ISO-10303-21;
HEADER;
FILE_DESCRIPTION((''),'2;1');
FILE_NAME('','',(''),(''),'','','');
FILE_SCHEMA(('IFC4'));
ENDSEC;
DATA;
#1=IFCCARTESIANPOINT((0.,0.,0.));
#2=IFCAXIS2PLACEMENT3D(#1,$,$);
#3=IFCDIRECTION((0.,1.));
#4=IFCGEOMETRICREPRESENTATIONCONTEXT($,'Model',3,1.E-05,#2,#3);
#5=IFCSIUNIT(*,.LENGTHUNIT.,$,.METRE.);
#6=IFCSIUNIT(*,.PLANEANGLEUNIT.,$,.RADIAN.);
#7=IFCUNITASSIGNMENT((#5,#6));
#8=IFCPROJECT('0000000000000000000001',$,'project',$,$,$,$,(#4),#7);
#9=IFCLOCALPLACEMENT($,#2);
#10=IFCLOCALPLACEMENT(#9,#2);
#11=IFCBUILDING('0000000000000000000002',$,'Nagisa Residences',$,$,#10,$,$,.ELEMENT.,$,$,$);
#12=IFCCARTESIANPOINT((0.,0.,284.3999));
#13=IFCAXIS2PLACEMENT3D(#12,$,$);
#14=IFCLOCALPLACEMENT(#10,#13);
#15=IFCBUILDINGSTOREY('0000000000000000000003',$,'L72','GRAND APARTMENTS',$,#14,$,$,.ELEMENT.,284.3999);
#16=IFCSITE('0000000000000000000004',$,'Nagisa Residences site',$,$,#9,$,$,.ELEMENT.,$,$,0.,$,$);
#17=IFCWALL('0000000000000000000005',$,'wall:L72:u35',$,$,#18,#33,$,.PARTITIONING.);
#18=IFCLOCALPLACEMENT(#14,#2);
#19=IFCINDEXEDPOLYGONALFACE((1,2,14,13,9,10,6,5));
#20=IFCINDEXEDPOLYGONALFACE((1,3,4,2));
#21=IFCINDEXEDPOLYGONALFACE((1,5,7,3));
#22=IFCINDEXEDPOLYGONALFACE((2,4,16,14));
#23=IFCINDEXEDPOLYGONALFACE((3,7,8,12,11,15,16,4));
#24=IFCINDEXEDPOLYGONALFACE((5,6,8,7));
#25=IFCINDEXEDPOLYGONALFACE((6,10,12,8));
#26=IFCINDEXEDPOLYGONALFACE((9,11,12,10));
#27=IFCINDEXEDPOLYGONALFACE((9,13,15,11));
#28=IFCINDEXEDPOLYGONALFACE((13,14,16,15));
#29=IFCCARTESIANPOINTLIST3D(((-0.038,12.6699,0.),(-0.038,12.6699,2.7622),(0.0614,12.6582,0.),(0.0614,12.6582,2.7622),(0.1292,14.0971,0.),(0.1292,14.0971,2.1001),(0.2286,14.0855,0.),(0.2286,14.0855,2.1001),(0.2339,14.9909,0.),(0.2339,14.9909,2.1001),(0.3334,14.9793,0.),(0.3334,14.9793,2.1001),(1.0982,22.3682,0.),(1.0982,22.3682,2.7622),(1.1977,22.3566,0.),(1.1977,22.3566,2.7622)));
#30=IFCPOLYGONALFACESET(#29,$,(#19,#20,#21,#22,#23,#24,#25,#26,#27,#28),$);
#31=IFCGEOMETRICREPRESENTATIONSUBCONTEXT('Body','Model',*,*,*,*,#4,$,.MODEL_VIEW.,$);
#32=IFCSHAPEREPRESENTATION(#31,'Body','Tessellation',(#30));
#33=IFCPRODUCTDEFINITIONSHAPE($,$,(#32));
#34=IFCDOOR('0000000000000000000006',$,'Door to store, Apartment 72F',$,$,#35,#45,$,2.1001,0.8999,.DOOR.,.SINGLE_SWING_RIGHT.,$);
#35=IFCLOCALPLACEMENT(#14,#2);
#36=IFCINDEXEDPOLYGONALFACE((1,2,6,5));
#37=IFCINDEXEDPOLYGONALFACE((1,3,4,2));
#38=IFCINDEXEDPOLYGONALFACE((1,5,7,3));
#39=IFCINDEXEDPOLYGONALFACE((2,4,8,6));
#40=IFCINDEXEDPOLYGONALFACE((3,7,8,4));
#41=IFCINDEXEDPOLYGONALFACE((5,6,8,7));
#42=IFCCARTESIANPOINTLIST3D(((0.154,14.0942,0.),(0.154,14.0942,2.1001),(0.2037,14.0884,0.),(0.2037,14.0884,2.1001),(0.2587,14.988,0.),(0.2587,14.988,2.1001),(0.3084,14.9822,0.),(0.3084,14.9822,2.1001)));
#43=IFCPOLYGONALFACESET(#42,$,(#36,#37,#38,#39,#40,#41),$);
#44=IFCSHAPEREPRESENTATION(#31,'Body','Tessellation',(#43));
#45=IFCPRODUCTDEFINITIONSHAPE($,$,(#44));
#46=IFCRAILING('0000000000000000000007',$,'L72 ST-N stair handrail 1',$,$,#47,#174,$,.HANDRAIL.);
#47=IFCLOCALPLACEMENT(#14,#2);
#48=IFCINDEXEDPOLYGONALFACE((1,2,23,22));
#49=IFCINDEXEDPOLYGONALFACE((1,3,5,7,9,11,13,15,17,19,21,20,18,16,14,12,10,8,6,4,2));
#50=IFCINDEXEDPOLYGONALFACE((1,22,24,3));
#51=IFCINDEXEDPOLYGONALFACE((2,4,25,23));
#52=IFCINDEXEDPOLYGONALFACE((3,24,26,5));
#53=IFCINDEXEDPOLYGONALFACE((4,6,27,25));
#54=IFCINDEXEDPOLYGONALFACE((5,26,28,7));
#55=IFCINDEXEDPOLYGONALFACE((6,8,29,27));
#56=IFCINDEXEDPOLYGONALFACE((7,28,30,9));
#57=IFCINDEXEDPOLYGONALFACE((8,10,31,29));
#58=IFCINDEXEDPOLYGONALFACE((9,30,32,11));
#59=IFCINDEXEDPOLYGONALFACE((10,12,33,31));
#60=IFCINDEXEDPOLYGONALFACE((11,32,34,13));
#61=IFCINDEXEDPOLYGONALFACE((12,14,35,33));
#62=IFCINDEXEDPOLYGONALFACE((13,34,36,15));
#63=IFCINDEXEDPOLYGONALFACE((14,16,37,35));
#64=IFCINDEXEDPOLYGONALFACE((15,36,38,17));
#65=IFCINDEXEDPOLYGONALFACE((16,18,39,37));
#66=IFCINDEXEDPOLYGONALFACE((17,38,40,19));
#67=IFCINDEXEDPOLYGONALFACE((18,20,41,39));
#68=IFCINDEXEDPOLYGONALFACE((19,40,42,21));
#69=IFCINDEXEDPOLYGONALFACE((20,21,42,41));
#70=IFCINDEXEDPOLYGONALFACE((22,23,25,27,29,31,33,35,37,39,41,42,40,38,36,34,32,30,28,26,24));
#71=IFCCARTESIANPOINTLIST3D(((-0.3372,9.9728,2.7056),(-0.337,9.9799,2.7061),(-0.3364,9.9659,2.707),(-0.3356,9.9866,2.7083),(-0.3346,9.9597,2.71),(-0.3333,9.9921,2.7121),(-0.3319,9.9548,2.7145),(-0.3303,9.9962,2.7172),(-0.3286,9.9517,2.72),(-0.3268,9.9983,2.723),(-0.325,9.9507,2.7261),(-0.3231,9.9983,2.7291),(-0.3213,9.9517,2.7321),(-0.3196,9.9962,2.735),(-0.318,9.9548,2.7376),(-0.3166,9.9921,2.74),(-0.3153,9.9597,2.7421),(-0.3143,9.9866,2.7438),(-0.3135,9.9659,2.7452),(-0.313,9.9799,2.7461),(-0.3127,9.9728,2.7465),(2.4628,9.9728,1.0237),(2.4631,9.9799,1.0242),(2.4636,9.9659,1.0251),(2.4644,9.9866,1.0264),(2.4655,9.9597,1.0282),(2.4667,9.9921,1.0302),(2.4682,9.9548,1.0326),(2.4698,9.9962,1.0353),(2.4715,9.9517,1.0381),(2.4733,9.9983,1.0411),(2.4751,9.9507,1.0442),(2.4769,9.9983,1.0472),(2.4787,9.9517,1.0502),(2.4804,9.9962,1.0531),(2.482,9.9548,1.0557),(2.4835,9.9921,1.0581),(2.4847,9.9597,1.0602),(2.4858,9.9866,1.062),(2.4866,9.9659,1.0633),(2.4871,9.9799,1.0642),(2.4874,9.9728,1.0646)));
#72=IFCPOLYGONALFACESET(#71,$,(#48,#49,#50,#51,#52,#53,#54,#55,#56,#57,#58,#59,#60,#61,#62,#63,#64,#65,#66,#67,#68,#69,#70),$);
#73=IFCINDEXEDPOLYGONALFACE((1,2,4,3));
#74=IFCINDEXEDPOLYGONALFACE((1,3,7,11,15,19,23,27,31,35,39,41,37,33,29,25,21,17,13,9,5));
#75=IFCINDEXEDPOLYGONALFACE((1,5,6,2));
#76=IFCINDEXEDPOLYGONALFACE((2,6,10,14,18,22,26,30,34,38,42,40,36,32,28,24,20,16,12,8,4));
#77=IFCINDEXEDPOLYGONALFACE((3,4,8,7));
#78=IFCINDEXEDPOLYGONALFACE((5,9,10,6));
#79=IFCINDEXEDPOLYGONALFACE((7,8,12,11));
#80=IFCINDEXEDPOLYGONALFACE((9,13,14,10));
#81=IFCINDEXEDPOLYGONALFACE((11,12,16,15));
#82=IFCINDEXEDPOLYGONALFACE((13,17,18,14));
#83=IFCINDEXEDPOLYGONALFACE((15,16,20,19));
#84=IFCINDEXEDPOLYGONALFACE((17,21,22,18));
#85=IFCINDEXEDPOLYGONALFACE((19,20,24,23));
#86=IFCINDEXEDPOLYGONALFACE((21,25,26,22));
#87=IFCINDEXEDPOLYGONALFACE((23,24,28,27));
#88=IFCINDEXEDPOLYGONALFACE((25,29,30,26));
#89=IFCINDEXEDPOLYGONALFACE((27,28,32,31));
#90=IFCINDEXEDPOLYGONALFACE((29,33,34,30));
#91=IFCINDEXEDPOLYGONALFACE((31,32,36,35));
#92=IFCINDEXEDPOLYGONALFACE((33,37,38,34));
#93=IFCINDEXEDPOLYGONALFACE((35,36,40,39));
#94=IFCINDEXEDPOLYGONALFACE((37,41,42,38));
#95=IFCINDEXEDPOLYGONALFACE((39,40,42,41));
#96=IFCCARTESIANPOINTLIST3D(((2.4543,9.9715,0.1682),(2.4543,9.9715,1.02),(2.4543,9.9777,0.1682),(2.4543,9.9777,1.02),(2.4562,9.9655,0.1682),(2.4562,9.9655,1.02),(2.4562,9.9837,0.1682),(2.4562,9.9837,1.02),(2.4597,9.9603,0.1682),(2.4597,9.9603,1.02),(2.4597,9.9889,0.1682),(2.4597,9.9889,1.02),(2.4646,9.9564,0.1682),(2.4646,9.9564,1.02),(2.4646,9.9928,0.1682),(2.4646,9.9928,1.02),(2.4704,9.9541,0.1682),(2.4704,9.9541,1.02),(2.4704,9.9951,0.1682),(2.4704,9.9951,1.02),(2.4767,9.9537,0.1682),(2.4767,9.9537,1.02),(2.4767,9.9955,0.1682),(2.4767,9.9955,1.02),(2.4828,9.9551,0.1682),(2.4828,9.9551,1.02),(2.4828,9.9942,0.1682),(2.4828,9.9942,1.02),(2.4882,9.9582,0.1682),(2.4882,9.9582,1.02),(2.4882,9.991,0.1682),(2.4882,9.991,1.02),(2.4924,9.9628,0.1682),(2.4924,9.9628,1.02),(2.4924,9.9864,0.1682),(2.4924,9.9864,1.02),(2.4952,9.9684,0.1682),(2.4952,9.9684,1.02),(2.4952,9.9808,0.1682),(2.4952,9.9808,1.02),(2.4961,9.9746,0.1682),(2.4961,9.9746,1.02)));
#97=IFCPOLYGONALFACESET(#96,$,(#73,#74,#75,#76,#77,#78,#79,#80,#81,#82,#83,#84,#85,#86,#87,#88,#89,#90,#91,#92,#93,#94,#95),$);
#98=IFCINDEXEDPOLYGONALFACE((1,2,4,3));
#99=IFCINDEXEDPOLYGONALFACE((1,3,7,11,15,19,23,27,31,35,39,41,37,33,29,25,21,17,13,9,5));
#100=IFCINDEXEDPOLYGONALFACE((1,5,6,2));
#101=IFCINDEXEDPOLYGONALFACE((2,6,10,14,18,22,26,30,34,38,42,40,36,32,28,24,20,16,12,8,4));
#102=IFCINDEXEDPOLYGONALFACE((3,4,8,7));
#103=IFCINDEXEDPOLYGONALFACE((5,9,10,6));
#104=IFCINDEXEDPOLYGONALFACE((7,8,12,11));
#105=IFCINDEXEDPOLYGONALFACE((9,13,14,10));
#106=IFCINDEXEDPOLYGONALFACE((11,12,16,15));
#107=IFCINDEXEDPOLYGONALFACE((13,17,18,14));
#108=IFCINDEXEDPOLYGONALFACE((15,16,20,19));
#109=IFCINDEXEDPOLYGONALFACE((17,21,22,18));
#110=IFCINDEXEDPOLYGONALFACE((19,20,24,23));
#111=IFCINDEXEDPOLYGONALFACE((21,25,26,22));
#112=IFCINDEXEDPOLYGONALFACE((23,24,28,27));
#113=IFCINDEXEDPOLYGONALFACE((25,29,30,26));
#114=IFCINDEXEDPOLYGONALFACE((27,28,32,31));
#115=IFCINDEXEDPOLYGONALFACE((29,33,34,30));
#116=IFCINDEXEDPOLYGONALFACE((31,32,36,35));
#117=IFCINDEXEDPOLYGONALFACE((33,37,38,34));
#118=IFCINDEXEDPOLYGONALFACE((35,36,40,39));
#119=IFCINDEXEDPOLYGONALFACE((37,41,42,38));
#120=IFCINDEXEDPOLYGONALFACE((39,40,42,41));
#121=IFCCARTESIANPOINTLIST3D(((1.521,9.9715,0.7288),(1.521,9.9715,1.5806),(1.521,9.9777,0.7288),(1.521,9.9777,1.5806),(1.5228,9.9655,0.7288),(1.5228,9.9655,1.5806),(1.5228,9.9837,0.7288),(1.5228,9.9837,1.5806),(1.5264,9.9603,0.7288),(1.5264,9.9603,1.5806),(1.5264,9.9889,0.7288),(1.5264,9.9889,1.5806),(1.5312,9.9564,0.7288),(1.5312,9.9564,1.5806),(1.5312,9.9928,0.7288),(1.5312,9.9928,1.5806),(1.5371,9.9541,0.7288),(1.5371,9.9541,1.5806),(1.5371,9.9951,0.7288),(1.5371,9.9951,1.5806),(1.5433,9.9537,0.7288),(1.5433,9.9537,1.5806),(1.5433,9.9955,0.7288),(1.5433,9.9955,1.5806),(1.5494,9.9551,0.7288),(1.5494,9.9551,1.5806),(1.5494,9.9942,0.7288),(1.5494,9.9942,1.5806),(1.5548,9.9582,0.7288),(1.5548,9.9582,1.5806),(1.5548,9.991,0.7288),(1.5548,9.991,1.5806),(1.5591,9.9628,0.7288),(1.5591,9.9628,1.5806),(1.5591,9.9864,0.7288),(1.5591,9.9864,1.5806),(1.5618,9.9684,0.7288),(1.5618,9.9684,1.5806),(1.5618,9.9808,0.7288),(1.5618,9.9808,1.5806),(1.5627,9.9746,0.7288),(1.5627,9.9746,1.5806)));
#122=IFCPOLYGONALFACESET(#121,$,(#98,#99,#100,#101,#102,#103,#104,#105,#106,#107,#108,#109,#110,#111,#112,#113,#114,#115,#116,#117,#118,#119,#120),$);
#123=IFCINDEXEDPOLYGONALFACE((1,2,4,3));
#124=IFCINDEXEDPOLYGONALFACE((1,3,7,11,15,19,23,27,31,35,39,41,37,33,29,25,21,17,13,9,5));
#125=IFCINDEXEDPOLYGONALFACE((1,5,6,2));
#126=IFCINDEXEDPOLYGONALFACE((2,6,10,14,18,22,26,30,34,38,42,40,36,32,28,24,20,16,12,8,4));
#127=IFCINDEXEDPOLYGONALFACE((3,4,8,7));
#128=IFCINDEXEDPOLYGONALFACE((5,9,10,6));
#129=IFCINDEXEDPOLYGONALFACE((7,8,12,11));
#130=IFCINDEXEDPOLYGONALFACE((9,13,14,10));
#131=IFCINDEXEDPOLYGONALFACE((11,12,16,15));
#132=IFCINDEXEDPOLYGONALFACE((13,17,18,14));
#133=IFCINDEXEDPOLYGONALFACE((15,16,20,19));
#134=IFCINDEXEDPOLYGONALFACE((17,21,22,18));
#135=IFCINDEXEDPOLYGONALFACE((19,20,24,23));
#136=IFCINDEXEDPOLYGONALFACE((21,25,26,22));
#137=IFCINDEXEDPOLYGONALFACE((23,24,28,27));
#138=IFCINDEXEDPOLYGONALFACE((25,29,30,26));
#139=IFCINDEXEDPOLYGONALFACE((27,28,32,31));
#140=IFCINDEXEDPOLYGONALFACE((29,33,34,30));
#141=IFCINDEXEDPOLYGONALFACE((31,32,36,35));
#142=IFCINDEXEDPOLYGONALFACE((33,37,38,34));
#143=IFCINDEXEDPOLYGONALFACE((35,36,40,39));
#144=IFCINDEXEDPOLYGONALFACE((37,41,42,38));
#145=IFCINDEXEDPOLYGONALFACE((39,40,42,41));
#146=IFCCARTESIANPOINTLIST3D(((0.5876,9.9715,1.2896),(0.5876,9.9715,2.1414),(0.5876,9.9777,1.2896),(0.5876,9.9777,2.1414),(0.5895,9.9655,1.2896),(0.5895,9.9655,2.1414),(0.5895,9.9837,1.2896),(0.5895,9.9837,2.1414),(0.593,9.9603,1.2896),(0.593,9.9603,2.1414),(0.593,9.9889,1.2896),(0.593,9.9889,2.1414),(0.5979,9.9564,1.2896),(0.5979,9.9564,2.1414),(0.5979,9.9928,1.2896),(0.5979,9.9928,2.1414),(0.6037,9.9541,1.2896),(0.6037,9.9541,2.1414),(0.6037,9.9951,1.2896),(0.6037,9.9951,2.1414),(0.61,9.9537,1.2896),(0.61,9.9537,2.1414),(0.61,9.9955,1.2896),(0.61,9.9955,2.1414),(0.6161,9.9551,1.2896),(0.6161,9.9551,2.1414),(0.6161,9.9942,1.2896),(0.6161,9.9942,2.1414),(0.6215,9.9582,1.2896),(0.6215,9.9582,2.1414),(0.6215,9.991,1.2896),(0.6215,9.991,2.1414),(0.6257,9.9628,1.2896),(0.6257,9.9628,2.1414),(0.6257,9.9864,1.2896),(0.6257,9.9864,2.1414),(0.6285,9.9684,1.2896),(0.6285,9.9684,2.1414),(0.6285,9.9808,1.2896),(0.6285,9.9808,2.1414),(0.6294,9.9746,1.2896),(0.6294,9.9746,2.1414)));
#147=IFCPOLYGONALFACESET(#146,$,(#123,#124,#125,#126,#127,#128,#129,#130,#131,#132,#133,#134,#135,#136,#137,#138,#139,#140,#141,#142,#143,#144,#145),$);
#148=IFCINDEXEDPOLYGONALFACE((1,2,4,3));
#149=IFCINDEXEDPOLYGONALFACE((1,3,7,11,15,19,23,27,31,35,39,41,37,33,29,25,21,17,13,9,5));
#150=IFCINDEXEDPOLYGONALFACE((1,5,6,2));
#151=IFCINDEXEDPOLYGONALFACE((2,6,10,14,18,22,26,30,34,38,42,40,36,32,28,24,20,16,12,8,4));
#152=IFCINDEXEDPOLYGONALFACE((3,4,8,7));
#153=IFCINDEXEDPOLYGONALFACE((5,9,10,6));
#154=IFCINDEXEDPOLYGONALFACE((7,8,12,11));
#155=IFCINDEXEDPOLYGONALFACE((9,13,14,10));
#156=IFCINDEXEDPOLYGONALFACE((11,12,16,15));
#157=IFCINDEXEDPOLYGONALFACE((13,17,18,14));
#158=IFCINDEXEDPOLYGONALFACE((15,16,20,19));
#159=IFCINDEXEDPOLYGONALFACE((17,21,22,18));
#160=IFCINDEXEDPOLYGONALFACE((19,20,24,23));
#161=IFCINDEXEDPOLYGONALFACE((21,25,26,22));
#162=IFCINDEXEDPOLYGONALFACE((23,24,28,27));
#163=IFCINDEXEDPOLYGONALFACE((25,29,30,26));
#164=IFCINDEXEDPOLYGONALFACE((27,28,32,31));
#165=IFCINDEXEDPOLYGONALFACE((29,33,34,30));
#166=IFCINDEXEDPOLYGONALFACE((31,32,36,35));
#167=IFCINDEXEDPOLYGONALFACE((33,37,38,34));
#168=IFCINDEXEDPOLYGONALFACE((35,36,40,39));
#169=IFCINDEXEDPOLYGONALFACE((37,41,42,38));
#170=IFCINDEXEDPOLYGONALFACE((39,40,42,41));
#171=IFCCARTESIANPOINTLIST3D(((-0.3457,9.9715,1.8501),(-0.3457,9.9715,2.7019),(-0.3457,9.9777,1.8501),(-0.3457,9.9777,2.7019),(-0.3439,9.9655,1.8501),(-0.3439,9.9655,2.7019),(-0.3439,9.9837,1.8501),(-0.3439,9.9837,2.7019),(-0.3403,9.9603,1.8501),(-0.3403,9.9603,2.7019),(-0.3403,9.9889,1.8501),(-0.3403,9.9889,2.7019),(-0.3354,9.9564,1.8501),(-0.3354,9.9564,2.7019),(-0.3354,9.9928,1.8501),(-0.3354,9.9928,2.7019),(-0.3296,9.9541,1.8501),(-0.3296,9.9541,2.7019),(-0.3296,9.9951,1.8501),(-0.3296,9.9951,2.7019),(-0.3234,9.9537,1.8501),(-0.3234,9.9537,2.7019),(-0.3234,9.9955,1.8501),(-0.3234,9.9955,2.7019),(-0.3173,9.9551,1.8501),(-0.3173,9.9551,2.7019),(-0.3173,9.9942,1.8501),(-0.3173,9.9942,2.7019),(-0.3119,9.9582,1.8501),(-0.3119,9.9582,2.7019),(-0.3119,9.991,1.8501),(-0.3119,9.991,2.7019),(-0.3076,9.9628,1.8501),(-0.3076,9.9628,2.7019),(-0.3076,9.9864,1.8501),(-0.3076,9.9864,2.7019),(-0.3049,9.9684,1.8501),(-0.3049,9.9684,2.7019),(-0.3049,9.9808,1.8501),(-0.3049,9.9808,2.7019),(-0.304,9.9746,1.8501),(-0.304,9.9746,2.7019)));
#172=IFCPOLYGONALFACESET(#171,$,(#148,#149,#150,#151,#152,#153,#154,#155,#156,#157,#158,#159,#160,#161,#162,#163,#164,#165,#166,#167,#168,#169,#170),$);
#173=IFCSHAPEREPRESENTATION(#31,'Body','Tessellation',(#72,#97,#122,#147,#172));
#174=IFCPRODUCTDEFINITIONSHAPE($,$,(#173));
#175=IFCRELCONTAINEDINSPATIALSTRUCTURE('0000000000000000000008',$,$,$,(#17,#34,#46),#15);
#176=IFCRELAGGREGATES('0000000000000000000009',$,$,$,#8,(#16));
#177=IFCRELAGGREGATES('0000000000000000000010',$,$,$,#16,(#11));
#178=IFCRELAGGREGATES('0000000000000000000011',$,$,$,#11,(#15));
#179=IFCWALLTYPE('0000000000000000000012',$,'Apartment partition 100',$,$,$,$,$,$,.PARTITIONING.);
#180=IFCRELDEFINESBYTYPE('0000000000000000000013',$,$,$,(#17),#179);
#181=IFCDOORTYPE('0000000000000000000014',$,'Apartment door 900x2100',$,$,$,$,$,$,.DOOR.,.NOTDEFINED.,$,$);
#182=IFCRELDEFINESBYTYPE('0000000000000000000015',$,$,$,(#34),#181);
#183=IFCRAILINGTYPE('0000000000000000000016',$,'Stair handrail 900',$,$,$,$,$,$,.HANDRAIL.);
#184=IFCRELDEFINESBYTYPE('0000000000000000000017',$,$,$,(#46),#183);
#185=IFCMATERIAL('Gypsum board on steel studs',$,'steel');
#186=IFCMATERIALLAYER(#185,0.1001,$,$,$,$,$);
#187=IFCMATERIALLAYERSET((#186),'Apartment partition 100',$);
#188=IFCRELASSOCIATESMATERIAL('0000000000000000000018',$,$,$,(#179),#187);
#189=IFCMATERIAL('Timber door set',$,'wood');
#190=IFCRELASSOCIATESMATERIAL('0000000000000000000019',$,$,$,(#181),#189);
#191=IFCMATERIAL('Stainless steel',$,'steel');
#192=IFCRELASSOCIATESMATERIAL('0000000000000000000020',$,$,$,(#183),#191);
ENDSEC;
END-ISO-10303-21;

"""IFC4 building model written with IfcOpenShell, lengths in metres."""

from ifc_helpers import new_model, si_unit, direction, frame, frame_2d, origin, origin_2d, place, context, subcontext, project, spatial, rectangle, circle, extrude, material, layer, layer_set, type_object, element, fill, save


model = new_model("IFC4")

# Units and contexts
model_context = context("Model", 3, precision=1e-05, world=origin(), true_north=direction((0.0, 1.0)))
body_context = subcontext(model_context, "Body", "Model", "MODEL_VIEW")
ifc_project = project(units=[si_unit("LENGTHUNIT", "METRE"), si_unit("PLANEANGLEUNIT", "RADIAN")], contexts=[model_context])

# Site, building, storey
site_placement = place(None, origin())
site = spatial("IfcSite", under=ifc_project, at=site_placement, Name="Nagisa Residences site", CompositionType="ELEMENT", RefElevation=0.0)
building_placement = place(site_placement, origin())
building = spatial("IfcBuilding", under=site, at=building_placement, Name="Nagisa Residences", CompositionType="ELEMENT")
storey_placement = place(building_placement, frame((0.0, 0.0, 284.3999)))
storey = spatial("IfcBuildingStorey", under=building, at=storey_placement, Name="L72", Description="GRAND APARTMENTS", CompositionType="ELEMENT", Elevation=284.3999)

# Shared definitions
ifc_material_1 = material(Name="Gypsum board on steel studs", Category="steel")
ifc_layer_1 = layer(ifc_material_1, 0.1001)
ifc_layer_set_1 = layer_set([ifc_layer_1], Name="Apartment partition 100")
wall_type_1 = type_object("IfcWallType", Name="Apartment partition 100", PredefinedType="PARTITIONING", material=ifc_layer_set_1)
ifc_material_2 = material(Name="Timber door set", Category="wood")
door_type_1 = type_object("IfcDoorType", Name="Apartment door 900x2100", OperationType="NOTDEFINED", PredefinedType="DOOR", material=ifc_material_2)

# Wall, opening, door
wall_1_placement = place(storey_placement, frame((0.0117, 12.6641, 0.0), z_axis=(0.0, 0.0, 1.0), x_axis=(0.116363, 0.993207, 0.0)))
wall_1 = element("IfcWall", 1, at=wall_1_placement, inside=storey, type_object=wall_type_1, Name="wall:L72:u35", PredefinedType="PARTITIONING", context=body_context, shape_type="SweptSolid", body=[
    extrude(rectangle(XDim=9.7646, YDim=0.1001, at=frame_2d((4.8823, 0.0))), origin(), (0.0, 0.0, 1.0), 2.7622),
])
opening_1_placement = place(wall_1_placement, frame((1.437, 0.0, 0.0)))
opening_1 = element("IfcOpeningElement", 2, at=opening_1_placement, cuts=wall_1, PredefinedType="OPENING", context=body_context, shape_type="SweptSolid", body=[
    extrude(rectangle(XDim=0.8999, YDim=2.1001, at=frame_2d((0.45, 1.05))), frame((0.0, 0.0601, 0.0), z_axis=(0.0, -1.0, 0.0), x_axis=(1.0, 0.0, 0.0)), (0.0, 0.0, 1.0), 0.1201),
])
door_1_placement = place(opening_1_placement, frame((0.8999, 0.0, 0.0), x_axis=(-1.0, 0.0, 0.0)))
door_1 = element("IfcDoor", 3, at=door_1_placement, inside=storey, type_object=door_type_1, Name="Door to store, Apartment 72F", OperationType="SINGLE_SWING_RIGHT", OverallHeight=2.1001, OverallWidth=0.8999, PredefinedType="DOOR", context=body_context, shape_type="SweptSolid", body=[
    extrude(rectangle(XDim=0.8999, YDim=2.1001, at=frame_2d((0.45, 1.05))), frame((0.0, 0.0249, 0.0), z_axis=(0.0, -1.0, 0.0), x_axis=(1.0, 0.0, 0.0)), (0.0, 0.0, 1.0), 0.05),
])
fill(opening_1, door_1)

# Railing
ifc_material_3 = material(Name="Stainless steel", Category="steel")
railing_type_1 = type_object("IfcRailingType", Name="Stair handrail 900", PredefinedType="HANDRAIL", material=ifc_material_3)
railing_1_placement = place(storey_placement, frame((2.4751, 9.9746, 0.1682)))
element("IfcRailing", 4, at=railing_1_placement, inside=storey, type_object=railing_type_1, Name="L72 ST-N stair handrail 1", PredefinedType="HANDRAIL", context=body_context, shape_type="SweptSolid", body=[
    extrude(circle(Radius=0.0239, at=origin_2d()), frame((0.0, 0.0, 0.876), z_axis=(-0.857242, 0.0, 0.514913), x_axis=(0.0, -1.0, 0.0)), (0.0, 0.0, 1.0), 3.2664),
    extrude(circle(Radius=0.021, at=origin_2d()), origin(), (0.0, 0.0, 1.0), 0.8518),
    extrude(circle(Radius=0.021, at=origin_2d()), frame((-0.9333, 0.0, 0.5605)), (0.0, 0.0, 1.0), 0.8518),
    extrude(circle(Radius=0.021, at=origin_2d()), frame((-1.8667, 0.0, 1.1213)), (0.0, 0.0, 1.0), 0.8518),
    extrude(circle(Radius=0.021, at=origin_2d()), frame((-2.8, 0.0, 1.6819)), (0.0, 0.0, 1.0), 0.8518),
])

save(model, "model.ifc")
